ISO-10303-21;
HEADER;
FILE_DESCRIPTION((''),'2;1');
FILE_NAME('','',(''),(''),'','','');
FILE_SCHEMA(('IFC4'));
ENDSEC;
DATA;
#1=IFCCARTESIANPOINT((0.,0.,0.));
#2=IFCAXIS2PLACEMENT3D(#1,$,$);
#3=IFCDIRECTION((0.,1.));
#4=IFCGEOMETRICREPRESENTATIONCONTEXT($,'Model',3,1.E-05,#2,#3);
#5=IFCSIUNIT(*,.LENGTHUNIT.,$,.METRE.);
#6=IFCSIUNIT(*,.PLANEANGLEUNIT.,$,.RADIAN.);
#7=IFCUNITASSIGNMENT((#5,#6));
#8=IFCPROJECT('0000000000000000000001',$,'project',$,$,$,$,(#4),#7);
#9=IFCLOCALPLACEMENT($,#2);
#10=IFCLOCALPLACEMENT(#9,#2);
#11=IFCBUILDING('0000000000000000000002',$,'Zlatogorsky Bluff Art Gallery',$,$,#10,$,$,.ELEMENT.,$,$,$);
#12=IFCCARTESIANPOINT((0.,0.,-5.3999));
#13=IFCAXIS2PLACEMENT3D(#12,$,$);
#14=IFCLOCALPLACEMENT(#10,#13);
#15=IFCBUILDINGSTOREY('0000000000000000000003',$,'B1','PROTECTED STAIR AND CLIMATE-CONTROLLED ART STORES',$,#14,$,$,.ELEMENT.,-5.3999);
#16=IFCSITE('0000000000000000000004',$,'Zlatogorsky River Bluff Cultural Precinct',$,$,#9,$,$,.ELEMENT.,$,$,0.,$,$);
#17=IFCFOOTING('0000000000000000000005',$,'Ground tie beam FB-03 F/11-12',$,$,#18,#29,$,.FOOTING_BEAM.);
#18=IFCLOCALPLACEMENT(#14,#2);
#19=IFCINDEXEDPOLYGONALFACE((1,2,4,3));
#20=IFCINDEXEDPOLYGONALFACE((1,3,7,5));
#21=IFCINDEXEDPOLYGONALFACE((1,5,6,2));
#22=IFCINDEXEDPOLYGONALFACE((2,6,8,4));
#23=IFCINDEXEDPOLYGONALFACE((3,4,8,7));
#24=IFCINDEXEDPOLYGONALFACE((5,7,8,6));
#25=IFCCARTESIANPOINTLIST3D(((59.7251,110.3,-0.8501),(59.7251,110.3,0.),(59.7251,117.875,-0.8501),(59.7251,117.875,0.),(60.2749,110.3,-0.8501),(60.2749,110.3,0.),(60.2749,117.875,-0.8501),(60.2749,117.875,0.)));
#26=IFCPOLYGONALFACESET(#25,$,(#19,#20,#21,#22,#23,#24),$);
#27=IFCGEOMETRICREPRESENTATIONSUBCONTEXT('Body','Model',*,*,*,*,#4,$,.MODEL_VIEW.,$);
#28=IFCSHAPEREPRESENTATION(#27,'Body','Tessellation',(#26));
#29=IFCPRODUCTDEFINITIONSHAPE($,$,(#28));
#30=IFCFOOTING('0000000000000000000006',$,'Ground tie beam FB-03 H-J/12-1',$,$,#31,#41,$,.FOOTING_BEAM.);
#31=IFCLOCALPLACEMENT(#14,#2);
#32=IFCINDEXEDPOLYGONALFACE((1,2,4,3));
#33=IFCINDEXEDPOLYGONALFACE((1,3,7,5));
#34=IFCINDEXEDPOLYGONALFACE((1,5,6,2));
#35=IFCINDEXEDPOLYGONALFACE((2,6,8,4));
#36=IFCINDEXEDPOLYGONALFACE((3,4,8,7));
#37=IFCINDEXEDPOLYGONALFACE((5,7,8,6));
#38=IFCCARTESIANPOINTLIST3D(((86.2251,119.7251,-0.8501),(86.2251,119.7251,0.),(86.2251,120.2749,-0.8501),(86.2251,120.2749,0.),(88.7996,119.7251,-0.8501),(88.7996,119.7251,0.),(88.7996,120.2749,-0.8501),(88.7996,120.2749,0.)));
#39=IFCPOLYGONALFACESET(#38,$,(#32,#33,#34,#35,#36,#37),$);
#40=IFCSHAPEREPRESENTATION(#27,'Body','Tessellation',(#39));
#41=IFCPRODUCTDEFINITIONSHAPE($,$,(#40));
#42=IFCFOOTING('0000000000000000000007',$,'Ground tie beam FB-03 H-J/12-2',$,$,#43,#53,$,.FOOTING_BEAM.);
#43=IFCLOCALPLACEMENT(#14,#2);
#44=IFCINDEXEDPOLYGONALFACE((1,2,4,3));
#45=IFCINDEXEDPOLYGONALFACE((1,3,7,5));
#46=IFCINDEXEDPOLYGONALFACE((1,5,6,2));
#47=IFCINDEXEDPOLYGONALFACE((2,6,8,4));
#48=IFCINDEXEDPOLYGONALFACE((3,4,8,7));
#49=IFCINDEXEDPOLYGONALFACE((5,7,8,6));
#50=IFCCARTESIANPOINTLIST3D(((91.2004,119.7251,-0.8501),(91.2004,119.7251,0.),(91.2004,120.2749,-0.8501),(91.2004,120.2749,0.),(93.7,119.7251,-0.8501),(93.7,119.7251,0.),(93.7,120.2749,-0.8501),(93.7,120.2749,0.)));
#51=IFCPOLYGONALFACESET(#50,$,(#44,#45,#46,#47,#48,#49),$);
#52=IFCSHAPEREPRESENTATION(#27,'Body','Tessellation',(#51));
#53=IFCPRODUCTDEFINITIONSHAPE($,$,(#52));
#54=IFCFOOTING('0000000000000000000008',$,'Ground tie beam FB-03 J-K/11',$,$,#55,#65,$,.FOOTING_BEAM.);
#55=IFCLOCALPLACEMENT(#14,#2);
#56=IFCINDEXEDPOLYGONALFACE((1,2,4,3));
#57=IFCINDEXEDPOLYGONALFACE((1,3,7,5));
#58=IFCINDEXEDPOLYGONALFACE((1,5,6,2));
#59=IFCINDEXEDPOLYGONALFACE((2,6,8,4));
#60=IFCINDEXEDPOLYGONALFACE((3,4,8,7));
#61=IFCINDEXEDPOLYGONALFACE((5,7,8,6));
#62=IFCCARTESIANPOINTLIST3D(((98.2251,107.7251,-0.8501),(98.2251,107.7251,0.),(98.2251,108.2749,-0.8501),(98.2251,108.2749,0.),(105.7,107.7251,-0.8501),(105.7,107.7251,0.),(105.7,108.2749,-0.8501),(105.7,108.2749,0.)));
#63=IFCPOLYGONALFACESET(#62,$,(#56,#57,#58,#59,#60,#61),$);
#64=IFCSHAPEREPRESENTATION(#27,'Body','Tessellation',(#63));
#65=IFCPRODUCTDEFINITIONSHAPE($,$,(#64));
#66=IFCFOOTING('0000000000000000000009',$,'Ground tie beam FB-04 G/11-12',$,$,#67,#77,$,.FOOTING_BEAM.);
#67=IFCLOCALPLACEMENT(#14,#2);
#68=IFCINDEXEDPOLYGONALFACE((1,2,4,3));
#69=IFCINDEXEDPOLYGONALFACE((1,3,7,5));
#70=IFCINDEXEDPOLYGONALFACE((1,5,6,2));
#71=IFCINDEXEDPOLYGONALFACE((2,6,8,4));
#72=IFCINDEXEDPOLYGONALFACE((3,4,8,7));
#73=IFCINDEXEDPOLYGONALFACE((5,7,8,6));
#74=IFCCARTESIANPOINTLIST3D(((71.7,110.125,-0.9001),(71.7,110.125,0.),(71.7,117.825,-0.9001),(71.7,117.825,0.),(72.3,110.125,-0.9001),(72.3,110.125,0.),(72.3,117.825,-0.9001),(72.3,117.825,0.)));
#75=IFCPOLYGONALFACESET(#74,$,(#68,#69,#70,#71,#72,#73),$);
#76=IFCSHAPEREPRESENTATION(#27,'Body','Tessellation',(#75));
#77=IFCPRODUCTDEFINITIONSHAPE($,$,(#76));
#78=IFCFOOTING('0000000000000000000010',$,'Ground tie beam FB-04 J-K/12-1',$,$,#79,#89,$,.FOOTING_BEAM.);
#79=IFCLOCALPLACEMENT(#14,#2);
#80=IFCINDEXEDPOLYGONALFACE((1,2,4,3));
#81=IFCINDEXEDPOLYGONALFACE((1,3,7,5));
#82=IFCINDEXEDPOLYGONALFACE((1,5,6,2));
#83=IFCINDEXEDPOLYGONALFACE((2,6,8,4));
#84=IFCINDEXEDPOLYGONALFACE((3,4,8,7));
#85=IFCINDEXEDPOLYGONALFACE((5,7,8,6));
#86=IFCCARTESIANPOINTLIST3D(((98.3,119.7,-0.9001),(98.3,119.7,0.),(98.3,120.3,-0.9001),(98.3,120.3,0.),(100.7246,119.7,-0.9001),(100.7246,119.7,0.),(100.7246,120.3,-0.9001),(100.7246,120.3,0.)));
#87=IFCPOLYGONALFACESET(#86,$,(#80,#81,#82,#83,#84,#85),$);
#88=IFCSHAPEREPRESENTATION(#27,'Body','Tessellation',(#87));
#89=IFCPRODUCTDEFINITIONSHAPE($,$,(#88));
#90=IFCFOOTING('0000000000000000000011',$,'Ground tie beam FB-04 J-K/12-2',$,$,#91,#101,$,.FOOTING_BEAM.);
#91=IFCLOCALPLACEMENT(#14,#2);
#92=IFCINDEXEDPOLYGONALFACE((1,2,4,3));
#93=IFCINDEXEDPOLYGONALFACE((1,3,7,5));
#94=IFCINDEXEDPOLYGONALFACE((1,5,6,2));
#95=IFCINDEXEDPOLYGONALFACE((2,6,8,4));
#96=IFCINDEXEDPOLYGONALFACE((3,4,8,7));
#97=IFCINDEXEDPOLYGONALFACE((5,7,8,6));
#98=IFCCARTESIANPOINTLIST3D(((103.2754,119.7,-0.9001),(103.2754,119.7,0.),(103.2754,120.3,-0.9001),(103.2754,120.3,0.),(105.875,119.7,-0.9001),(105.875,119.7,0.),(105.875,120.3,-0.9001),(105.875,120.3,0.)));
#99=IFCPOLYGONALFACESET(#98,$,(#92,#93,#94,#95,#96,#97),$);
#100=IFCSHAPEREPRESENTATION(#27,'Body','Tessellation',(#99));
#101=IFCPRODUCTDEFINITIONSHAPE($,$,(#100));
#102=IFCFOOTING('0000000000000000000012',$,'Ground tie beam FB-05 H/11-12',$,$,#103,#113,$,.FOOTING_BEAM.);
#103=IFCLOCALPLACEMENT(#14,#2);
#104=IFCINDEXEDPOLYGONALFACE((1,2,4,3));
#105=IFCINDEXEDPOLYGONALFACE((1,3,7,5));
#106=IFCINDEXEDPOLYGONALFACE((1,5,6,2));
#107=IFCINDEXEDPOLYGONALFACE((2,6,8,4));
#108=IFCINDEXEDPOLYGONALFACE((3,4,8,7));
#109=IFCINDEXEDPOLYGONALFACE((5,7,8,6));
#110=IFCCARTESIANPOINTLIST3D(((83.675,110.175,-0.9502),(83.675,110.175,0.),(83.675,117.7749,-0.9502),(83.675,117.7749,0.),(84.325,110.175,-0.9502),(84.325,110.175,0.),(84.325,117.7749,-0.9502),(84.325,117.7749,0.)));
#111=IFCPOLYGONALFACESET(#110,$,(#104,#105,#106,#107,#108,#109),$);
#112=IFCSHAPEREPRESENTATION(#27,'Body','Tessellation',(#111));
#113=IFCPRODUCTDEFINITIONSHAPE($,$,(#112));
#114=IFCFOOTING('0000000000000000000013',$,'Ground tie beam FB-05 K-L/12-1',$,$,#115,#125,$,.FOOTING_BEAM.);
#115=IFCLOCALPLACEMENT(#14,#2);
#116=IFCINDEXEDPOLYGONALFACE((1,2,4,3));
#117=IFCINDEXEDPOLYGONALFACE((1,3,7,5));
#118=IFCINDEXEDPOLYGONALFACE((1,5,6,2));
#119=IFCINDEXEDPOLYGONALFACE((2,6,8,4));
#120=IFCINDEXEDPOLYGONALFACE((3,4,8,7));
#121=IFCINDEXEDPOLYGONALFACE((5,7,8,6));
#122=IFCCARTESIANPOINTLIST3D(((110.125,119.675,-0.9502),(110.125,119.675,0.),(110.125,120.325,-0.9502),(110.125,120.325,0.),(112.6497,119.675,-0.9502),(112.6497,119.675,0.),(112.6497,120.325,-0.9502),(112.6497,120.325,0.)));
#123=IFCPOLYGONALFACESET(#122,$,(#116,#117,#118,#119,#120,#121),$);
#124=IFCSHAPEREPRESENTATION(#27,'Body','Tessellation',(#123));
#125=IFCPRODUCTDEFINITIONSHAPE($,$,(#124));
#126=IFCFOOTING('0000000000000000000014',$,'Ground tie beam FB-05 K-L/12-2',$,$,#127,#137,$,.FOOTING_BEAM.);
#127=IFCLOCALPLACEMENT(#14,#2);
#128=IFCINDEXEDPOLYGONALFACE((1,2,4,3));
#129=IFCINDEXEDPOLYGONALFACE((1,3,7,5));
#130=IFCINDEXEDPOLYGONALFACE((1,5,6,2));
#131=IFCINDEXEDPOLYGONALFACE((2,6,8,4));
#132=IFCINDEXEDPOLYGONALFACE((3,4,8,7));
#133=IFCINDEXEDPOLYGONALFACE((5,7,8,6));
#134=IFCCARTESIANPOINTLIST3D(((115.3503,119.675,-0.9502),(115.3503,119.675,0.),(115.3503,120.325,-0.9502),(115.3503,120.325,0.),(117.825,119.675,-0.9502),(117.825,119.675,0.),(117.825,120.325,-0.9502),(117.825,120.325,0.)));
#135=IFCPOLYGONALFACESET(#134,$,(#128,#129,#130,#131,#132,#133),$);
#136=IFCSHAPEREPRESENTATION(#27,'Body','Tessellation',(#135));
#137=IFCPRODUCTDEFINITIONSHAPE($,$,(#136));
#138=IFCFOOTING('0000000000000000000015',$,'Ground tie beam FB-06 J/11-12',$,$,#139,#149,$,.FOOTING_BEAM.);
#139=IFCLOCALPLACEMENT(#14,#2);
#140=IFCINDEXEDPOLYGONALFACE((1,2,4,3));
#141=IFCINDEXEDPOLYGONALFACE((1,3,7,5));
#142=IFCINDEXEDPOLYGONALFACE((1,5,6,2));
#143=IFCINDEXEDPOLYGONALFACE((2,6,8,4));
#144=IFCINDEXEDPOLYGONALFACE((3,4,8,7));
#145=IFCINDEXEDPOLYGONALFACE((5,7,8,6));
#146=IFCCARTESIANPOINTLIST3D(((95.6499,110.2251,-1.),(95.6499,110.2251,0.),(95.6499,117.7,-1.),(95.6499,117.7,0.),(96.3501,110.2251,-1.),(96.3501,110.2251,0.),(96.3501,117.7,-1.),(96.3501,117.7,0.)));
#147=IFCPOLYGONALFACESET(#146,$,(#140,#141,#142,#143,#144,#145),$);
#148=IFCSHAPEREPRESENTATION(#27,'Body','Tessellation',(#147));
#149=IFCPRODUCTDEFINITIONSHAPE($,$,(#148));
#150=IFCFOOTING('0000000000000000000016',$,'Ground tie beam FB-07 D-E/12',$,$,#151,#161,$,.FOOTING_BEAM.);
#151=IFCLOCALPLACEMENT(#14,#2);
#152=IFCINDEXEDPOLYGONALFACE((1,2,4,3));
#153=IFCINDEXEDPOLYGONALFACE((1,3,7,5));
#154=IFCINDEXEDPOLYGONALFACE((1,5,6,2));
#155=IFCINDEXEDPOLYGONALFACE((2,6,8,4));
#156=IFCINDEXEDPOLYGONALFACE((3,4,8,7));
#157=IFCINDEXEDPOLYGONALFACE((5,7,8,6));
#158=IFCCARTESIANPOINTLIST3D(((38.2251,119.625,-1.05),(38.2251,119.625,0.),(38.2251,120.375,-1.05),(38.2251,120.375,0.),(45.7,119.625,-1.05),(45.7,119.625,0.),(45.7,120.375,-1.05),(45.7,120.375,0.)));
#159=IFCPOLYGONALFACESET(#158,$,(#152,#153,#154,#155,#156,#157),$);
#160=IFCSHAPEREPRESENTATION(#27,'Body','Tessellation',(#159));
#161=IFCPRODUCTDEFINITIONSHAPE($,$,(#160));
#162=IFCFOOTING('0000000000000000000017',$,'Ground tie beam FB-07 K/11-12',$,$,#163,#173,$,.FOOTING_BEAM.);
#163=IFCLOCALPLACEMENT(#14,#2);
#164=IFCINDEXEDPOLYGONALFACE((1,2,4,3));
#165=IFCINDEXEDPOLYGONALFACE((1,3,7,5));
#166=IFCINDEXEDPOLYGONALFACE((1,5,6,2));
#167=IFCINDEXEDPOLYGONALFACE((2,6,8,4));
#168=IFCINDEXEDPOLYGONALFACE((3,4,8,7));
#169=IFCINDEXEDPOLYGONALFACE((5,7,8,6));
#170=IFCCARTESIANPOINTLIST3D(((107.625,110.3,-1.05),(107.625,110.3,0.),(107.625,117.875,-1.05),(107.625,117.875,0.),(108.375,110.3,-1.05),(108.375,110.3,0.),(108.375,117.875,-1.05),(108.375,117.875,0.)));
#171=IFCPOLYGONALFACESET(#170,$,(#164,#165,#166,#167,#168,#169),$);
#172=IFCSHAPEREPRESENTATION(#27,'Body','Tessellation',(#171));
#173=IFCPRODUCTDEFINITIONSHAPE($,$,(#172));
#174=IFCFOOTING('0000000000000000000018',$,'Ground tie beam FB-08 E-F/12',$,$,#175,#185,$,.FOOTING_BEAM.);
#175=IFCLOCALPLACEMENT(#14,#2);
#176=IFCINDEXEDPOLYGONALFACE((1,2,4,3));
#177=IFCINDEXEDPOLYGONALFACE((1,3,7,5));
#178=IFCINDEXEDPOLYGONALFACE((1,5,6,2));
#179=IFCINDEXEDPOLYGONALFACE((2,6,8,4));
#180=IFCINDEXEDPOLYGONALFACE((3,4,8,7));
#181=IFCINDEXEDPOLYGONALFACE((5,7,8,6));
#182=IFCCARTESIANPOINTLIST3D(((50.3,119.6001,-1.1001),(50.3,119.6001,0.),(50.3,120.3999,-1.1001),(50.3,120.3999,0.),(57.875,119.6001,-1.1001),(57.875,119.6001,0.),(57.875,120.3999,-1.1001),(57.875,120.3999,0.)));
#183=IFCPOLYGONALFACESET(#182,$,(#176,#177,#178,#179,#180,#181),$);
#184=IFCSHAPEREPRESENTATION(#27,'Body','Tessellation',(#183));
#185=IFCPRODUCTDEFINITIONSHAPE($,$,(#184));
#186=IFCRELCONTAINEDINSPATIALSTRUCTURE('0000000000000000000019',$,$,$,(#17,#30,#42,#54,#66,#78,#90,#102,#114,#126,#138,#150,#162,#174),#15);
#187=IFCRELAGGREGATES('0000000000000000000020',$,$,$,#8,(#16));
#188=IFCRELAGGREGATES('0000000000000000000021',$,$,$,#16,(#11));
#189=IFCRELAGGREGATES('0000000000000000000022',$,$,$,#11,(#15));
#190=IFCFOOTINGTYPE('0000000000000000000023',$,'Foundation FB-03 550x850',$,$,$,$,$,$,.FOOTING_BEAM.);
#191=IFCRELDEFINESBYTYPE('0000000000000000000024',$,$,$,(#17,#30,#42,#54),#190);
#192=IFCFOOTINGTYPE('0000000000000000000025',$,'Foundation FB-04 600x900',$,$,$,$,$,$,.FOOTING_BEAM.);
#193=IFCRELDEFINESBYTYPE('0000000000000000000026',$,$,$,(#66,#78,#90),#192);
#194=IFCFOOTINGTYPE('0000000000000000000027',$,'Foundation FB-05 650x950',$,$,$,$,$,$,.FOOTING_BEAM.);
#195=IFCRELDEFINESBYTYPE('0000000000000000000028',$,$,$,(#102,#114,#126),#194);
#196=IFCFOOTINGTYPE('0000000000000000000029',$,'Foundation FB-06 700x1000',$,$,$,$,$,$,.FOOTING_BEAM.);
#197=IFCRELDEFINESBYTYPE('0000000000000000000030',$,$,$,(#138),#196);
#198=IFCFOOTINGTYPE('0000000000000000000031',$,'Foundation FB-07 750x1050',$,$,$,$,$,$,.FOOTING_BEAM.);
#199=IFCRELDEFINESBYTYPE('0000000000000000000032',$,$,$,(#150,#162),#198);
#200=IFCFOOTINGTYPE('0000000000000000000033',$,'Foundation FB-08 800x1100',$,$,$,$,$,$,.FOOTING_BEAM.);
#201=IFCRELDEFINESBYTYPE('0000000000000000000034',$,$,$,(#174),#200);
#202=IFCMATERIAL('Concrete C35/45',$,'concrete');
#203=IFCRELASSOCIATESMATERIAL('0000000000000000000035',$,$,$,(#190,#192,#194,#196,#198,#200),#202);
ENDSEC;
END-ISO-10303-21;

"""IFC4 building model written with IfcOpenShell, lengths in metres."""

from ifc_helpers import new_model, si_unit, direction, frame, origin, place, context, subcontext, project, spatial, polyline, outline, extrude, material, type_object, element, save


model = new_model("IFC4")

# Units and contexts
model_context = context("Model", 3, precision=1e-05, world=origin(), true_north=direction((0.0, 1.0)))
body_context = subcontext(model_context, "Body", "Model", "MODEL_VIEW")
ifc_project = project(units=[si_unit("LENGTHUNIT", "METRE"), si_unit("PLANEANGLEUNIT", "RADIAN")], contexts=[model_context])

# Site, building, storey
site_placement = place(None, origin())
site = spatial("IfcSite", under=ifc_project, at=site_placement, Name="Zlatogorsky River Bluff Cultural Precinct", CompositionType="ELEMENT", RefElevation=0.0)
building_placement = place(site_placement, origin())
building = spatial("IfcBuilding", under=site, at=building_placement, Name="Zlatogorsky Bluff Art Gallery", CompositionType="ELEMENT")
storey_placement = place(building_placement, frame((0.0, 0.0, -5.3999)))
storey = spatial("IfcBuildingStorey", under=building, at=storey_placement, Name="B1", Description="PROTECTED STAIR AND CLIMATE-CONTROLLED ART STORES", CompositionType="ELEMENT", Elevation=-5.3999)

# Footings
ifc_material = material(Name="Concrete C35/45", Category="concrete")
footing_type_1 = type_object("IfcFootingType", Name="Foundation FB-03 550x850", PredefinedType="FOOTING_BEAM", material=ifc_material)
footing_1_placement = place(storey_placement, frame((0.0, 0.0, -0.8501)))
element("IfcFooting", 1, at=footing_1_placement, inside=storey, type_object=footing_type_1, Name="Ground tie beam FB-03 F/11-12", PredefinedType="FOOTING_BEAM", context=body_context, shape_type="SweptSolid", body=[
    extrude(outline(polyline([(59.7251, 110.3), (60.2749, 110.3), (60.2749, 117.875), (59.7251, 117.875), (59.7251, 110.3)])), origin(), (0.0, 0.0, 1.0), 0.8501),
])
footing_2_placement = place(storey_placement, frame((0.0, 0.0, -0.8501)))
element("IfcFooting", 2, at=footing_2_placement, inside=storey, type_object=footing_type_1, Name="Ground tie beam FB-03 H-J/12-1", PredefinedType="FOOTING_BEAM", context=body_context, shape_type="SweptSolid", body=[
    extrude(outline(polyline([(86.2251, 119.7251), (88.7996, 119.7251), (88.7996, 120.2749), (86.2251, 120.2749), (86.2251, 119.7251)])), origin(), (0.0, 0.0, 1.0), 0.8501),
])
footing_3_placement = place(storey_placement, frame((0.0, 0.0, -0.8501)))
element("IfcFooting", 3, at=footing_3_placement, inside=storey, type_object=footing_type_1, Name="Ground tie beam FB-03 H-J/12-2", PredefinedType="FOOTING_BEAM", context=body_context, shape_type="SweptSolid", body=[
    extrude(outline(polyline([(91.2004, 119.7251), (93.7, 119.7251), (93.7, 120.2749), (91.2004, 120.2749), (91.2004, 119.7251)])), origin(), (0.0, 0.0, 1.0), 0.8501),
])
footing_4_placement = place(storey_placement, frame((0.0, 0.0, -0.8501)))
element("IfcFooting", 4, at=footing_4_placement, inside=storey, type_object=footing_type_1, Name="Ground tie beam FB-03 J-K/11", PredefinedType="FOOTING_BEAM", context=body_context, shape_type="SweptSolid", body=[
    extrude(outline(polyline([(98.2251, 107.7251), (105.7, 107.7251), (105.7, 108.2749), (98.2251, 108.2749), (98.2251, 107.7251)])), origin(), (0.0, 0.0, 1.0), 0.8501),
])
footing_type_2 = type_object("IfcFootingType", Name="Foundation FB-04 600x900", PredefinedType="FOOTING_BEAM", material=ifc_material)
footing_5_placement = place(storey_placement, frame((0.0, 0.0, -0.9001)))
element("IfcFooting", 5, at=footing_5_placement, inside=storey, type_object=footing_type_2, Name="Ground tie beam FB-04 G/11-12", PredefinedType="FOOTING_BEAM", context=body_context, shape_type="SweptSolid", body=[
    extrude(outline(polyline([(71.7, 110.125), (72.3, 110.125), (72.3, 117.825), (71.7, 117.825), (71.7, 110.125)])), origin(), (0.0, 0.0, 1.0), 0.9001),
])
footing_6_placement = place(storey_placement, frame((0.0, 0.0, -0.9001)))
element("IfcFooting", 6, at=footing_6_placement, inside=storey, type_object=footing_type_2, Name="Ground tie beam FB-04 J-K/12-1", PredefinedType="FOOTING_BEAM", context=body_context, shape_type="SweptSolid", body=[
    extrude(outline(polyline([(98.3, 119.7), (100.7246, 119.7), (100.7246, 120.3), (98.3, 120.3), (98.3, 119.7)])), origin(), (0.0, 0.0, 1.0), 0.9001),
])
footing_7_placement = place(storey_placement, frame((0.0, 0.0, -0.9001)))
element("IfcFooting", 7, at=footing_7_placement, inside=storey, type_object=footing_type_2, Name="Ground tie beam FB-04 J-K/12-2", PredefinedType="FOOTING_BEAM", context=body_context, shape_type="SweptSolid", body=[
    extrude(outline(polyline([(103.2754, 119.7), (105.875, 119.7), (105.875, 120.3), (103.2754, 120.3), (103.2754, 119.7)])), origin(), (0.0, 0.0, 1.0), 0.9001),
])
footing_type_3 = type_object("IfcFootingType", Name="Foundation FB-05 650x950", PredefinedType="FOOTING_BEAM", material=ifc_material)
footing_8_placement = place(storey_placement, frame((0.0, 0.0, -0.9502)))
element("IfcFooting", 8, at=footing_8_placement, inside=storey, type_object=footing_type_3, Name="Ground tie beam FB-05 H/11-12", PredefinedType="FOOTING_BEAM", context=body_context, shape_type="SweptSolid", body=[
    extrude(outline(polyline([(83.675, 110.175), (84.325, 110.175), (84.325, 117.7749), (83.675, 117.7749), (83.675, 110.175)])), origin(), (0.0, 0.0, 1.0), 0.9502),
])
footing_9_placement = place(storey_placement, frame((0.0, 0.0, -0.9502)))
element("IfcFooting", 9, at=footing_9_placement, inside=storey, type_object=footing_type_3, Name="Ground tie beam FB-05 K-L/12-1", PredefinedType="FOOTING_BEAM", context=body_context, shape_type="SweptSolid", body=[
    extrude(outline(polyline([(110.125, 119.675), (112.6497, 119.675), (112.6497, 120.325), (110.125, 120.325), (110.125, 119.675)])), origin(), (0.0, 0.0, 1.0), 0.9502),
])
footing_10_placement = place(storey_placement, frame((0.0, 0.0, -0.9502)))
element("IfcFooting", 10, at=footing_10_placement, inside=storey, type_object=footing_type_3, Name="Ground tie beam FB-05 K-L/12-2", PredefinedType="FOOTING_BEAM", context=body_context, shape_type="SweptSolid", body=[
    extrude(outline(polyline([(115.3503, 119.675), (117.825, 119.675), (117.825, 120.325), (115.3503, 120.325), (115.3503, 119.675)])), origin(), (0.0, 0.0, 1.0), 0.9502),
])
footing_type_4 = type_object("IfcFootingType", Name="Foundation FB-06 700x1000", PredefinedType="FOOTING_BEAM", material=ifc_material)
footing_11_placement = place(storey_placement, frame((0.0, 0.0, -1.0)))
element("IfcFooting", 11, at=footing_11_placement, inside=storey, type_object=footing_type_4, Name="Ground tie beam FB-06 J/11-12", PredefinedType="FOOTING_BEAM", context=body_context, shape_type="SweptSolid", body=[
    extrude(outline(polyline([(95.6499, 110.2251), (96.3501, 110.2251), (96.3501, 117.7), (95.6499, 117.7), (95.6499, 110.2251)])), origin(), (0.0, 0.0, 1.0), 1.0),
])
footing_type_5 = type_object("IfcFootingType", Name="Foundation FB-07 750x1050", PredefinedType="FOOTING_BEAM", material=ifc_material)
footing_12_placement = place(storey_placement, frame((0.0, 0.0, -1.05)))
element("IfcFooting", 12, at=footing_12_placement, inside=storey, type_object=footing_type_5, Name="Ground tie beam FB-07 D-E/12", PredefinedType="FOOTING_BEAM", context=body_context, shape_type="SweptSolid", body=[
    extrude(outline(polyline([(38.2251, 119.625), (45.7, 119.625), (45.7, 120.375), (38.2251, 120.375), (38.2251, 119.625)])), origin(), (0.0, 0.0, 1.0), 1.05),
])
footing_13_placement = place(storey_placement, frame((0.0, 0.0, -1.05)))
element("IfcFooting", 13, at=footing_13_placement, inside=storey, type_object=footing_type_5, Name="Ground tie beam FB-07 K/11-12", PredefinedType="FOOTING_BEAM", context=body_context, shape_type="SweptSolid", body=[
    extrude(outline(polyline([(107.625, 110.3), (108.375, 110.3), (108.375, 117.875), (107.625, 117.875), (107.625, 110.3)])), origin(), (0.0, 0.0, 1.0), 1.05),
])
footing_type_6 = type_object("IfcFootingType", Name="Foundation FB-08 800x1100", PredefinedType="FOOTING_BEAM", material=ifc_material)
footing_14_placement = place(storey_placement, frame((0.0, 0.0, -1.1001)))
element("IfcFooting", 14, at=footing_14_placement, inside=storey, type_object=footing_type_6, Name="Ground tie beam FB-08 E-F/12", PredefinedType="FOOTING_BEAM", context=body_context, shape_type="SweptSolid", body=[
    extrude(outline(polyline([(50.3, 119.6001), (57.875, 119.6001), (57.875, 120.3999), (50.3, 120.3999), (50.3, 119.6001)])), origin(), (0.0, 0.0, 1.0), 1.1001),
])

save(model, "model.ifc")
